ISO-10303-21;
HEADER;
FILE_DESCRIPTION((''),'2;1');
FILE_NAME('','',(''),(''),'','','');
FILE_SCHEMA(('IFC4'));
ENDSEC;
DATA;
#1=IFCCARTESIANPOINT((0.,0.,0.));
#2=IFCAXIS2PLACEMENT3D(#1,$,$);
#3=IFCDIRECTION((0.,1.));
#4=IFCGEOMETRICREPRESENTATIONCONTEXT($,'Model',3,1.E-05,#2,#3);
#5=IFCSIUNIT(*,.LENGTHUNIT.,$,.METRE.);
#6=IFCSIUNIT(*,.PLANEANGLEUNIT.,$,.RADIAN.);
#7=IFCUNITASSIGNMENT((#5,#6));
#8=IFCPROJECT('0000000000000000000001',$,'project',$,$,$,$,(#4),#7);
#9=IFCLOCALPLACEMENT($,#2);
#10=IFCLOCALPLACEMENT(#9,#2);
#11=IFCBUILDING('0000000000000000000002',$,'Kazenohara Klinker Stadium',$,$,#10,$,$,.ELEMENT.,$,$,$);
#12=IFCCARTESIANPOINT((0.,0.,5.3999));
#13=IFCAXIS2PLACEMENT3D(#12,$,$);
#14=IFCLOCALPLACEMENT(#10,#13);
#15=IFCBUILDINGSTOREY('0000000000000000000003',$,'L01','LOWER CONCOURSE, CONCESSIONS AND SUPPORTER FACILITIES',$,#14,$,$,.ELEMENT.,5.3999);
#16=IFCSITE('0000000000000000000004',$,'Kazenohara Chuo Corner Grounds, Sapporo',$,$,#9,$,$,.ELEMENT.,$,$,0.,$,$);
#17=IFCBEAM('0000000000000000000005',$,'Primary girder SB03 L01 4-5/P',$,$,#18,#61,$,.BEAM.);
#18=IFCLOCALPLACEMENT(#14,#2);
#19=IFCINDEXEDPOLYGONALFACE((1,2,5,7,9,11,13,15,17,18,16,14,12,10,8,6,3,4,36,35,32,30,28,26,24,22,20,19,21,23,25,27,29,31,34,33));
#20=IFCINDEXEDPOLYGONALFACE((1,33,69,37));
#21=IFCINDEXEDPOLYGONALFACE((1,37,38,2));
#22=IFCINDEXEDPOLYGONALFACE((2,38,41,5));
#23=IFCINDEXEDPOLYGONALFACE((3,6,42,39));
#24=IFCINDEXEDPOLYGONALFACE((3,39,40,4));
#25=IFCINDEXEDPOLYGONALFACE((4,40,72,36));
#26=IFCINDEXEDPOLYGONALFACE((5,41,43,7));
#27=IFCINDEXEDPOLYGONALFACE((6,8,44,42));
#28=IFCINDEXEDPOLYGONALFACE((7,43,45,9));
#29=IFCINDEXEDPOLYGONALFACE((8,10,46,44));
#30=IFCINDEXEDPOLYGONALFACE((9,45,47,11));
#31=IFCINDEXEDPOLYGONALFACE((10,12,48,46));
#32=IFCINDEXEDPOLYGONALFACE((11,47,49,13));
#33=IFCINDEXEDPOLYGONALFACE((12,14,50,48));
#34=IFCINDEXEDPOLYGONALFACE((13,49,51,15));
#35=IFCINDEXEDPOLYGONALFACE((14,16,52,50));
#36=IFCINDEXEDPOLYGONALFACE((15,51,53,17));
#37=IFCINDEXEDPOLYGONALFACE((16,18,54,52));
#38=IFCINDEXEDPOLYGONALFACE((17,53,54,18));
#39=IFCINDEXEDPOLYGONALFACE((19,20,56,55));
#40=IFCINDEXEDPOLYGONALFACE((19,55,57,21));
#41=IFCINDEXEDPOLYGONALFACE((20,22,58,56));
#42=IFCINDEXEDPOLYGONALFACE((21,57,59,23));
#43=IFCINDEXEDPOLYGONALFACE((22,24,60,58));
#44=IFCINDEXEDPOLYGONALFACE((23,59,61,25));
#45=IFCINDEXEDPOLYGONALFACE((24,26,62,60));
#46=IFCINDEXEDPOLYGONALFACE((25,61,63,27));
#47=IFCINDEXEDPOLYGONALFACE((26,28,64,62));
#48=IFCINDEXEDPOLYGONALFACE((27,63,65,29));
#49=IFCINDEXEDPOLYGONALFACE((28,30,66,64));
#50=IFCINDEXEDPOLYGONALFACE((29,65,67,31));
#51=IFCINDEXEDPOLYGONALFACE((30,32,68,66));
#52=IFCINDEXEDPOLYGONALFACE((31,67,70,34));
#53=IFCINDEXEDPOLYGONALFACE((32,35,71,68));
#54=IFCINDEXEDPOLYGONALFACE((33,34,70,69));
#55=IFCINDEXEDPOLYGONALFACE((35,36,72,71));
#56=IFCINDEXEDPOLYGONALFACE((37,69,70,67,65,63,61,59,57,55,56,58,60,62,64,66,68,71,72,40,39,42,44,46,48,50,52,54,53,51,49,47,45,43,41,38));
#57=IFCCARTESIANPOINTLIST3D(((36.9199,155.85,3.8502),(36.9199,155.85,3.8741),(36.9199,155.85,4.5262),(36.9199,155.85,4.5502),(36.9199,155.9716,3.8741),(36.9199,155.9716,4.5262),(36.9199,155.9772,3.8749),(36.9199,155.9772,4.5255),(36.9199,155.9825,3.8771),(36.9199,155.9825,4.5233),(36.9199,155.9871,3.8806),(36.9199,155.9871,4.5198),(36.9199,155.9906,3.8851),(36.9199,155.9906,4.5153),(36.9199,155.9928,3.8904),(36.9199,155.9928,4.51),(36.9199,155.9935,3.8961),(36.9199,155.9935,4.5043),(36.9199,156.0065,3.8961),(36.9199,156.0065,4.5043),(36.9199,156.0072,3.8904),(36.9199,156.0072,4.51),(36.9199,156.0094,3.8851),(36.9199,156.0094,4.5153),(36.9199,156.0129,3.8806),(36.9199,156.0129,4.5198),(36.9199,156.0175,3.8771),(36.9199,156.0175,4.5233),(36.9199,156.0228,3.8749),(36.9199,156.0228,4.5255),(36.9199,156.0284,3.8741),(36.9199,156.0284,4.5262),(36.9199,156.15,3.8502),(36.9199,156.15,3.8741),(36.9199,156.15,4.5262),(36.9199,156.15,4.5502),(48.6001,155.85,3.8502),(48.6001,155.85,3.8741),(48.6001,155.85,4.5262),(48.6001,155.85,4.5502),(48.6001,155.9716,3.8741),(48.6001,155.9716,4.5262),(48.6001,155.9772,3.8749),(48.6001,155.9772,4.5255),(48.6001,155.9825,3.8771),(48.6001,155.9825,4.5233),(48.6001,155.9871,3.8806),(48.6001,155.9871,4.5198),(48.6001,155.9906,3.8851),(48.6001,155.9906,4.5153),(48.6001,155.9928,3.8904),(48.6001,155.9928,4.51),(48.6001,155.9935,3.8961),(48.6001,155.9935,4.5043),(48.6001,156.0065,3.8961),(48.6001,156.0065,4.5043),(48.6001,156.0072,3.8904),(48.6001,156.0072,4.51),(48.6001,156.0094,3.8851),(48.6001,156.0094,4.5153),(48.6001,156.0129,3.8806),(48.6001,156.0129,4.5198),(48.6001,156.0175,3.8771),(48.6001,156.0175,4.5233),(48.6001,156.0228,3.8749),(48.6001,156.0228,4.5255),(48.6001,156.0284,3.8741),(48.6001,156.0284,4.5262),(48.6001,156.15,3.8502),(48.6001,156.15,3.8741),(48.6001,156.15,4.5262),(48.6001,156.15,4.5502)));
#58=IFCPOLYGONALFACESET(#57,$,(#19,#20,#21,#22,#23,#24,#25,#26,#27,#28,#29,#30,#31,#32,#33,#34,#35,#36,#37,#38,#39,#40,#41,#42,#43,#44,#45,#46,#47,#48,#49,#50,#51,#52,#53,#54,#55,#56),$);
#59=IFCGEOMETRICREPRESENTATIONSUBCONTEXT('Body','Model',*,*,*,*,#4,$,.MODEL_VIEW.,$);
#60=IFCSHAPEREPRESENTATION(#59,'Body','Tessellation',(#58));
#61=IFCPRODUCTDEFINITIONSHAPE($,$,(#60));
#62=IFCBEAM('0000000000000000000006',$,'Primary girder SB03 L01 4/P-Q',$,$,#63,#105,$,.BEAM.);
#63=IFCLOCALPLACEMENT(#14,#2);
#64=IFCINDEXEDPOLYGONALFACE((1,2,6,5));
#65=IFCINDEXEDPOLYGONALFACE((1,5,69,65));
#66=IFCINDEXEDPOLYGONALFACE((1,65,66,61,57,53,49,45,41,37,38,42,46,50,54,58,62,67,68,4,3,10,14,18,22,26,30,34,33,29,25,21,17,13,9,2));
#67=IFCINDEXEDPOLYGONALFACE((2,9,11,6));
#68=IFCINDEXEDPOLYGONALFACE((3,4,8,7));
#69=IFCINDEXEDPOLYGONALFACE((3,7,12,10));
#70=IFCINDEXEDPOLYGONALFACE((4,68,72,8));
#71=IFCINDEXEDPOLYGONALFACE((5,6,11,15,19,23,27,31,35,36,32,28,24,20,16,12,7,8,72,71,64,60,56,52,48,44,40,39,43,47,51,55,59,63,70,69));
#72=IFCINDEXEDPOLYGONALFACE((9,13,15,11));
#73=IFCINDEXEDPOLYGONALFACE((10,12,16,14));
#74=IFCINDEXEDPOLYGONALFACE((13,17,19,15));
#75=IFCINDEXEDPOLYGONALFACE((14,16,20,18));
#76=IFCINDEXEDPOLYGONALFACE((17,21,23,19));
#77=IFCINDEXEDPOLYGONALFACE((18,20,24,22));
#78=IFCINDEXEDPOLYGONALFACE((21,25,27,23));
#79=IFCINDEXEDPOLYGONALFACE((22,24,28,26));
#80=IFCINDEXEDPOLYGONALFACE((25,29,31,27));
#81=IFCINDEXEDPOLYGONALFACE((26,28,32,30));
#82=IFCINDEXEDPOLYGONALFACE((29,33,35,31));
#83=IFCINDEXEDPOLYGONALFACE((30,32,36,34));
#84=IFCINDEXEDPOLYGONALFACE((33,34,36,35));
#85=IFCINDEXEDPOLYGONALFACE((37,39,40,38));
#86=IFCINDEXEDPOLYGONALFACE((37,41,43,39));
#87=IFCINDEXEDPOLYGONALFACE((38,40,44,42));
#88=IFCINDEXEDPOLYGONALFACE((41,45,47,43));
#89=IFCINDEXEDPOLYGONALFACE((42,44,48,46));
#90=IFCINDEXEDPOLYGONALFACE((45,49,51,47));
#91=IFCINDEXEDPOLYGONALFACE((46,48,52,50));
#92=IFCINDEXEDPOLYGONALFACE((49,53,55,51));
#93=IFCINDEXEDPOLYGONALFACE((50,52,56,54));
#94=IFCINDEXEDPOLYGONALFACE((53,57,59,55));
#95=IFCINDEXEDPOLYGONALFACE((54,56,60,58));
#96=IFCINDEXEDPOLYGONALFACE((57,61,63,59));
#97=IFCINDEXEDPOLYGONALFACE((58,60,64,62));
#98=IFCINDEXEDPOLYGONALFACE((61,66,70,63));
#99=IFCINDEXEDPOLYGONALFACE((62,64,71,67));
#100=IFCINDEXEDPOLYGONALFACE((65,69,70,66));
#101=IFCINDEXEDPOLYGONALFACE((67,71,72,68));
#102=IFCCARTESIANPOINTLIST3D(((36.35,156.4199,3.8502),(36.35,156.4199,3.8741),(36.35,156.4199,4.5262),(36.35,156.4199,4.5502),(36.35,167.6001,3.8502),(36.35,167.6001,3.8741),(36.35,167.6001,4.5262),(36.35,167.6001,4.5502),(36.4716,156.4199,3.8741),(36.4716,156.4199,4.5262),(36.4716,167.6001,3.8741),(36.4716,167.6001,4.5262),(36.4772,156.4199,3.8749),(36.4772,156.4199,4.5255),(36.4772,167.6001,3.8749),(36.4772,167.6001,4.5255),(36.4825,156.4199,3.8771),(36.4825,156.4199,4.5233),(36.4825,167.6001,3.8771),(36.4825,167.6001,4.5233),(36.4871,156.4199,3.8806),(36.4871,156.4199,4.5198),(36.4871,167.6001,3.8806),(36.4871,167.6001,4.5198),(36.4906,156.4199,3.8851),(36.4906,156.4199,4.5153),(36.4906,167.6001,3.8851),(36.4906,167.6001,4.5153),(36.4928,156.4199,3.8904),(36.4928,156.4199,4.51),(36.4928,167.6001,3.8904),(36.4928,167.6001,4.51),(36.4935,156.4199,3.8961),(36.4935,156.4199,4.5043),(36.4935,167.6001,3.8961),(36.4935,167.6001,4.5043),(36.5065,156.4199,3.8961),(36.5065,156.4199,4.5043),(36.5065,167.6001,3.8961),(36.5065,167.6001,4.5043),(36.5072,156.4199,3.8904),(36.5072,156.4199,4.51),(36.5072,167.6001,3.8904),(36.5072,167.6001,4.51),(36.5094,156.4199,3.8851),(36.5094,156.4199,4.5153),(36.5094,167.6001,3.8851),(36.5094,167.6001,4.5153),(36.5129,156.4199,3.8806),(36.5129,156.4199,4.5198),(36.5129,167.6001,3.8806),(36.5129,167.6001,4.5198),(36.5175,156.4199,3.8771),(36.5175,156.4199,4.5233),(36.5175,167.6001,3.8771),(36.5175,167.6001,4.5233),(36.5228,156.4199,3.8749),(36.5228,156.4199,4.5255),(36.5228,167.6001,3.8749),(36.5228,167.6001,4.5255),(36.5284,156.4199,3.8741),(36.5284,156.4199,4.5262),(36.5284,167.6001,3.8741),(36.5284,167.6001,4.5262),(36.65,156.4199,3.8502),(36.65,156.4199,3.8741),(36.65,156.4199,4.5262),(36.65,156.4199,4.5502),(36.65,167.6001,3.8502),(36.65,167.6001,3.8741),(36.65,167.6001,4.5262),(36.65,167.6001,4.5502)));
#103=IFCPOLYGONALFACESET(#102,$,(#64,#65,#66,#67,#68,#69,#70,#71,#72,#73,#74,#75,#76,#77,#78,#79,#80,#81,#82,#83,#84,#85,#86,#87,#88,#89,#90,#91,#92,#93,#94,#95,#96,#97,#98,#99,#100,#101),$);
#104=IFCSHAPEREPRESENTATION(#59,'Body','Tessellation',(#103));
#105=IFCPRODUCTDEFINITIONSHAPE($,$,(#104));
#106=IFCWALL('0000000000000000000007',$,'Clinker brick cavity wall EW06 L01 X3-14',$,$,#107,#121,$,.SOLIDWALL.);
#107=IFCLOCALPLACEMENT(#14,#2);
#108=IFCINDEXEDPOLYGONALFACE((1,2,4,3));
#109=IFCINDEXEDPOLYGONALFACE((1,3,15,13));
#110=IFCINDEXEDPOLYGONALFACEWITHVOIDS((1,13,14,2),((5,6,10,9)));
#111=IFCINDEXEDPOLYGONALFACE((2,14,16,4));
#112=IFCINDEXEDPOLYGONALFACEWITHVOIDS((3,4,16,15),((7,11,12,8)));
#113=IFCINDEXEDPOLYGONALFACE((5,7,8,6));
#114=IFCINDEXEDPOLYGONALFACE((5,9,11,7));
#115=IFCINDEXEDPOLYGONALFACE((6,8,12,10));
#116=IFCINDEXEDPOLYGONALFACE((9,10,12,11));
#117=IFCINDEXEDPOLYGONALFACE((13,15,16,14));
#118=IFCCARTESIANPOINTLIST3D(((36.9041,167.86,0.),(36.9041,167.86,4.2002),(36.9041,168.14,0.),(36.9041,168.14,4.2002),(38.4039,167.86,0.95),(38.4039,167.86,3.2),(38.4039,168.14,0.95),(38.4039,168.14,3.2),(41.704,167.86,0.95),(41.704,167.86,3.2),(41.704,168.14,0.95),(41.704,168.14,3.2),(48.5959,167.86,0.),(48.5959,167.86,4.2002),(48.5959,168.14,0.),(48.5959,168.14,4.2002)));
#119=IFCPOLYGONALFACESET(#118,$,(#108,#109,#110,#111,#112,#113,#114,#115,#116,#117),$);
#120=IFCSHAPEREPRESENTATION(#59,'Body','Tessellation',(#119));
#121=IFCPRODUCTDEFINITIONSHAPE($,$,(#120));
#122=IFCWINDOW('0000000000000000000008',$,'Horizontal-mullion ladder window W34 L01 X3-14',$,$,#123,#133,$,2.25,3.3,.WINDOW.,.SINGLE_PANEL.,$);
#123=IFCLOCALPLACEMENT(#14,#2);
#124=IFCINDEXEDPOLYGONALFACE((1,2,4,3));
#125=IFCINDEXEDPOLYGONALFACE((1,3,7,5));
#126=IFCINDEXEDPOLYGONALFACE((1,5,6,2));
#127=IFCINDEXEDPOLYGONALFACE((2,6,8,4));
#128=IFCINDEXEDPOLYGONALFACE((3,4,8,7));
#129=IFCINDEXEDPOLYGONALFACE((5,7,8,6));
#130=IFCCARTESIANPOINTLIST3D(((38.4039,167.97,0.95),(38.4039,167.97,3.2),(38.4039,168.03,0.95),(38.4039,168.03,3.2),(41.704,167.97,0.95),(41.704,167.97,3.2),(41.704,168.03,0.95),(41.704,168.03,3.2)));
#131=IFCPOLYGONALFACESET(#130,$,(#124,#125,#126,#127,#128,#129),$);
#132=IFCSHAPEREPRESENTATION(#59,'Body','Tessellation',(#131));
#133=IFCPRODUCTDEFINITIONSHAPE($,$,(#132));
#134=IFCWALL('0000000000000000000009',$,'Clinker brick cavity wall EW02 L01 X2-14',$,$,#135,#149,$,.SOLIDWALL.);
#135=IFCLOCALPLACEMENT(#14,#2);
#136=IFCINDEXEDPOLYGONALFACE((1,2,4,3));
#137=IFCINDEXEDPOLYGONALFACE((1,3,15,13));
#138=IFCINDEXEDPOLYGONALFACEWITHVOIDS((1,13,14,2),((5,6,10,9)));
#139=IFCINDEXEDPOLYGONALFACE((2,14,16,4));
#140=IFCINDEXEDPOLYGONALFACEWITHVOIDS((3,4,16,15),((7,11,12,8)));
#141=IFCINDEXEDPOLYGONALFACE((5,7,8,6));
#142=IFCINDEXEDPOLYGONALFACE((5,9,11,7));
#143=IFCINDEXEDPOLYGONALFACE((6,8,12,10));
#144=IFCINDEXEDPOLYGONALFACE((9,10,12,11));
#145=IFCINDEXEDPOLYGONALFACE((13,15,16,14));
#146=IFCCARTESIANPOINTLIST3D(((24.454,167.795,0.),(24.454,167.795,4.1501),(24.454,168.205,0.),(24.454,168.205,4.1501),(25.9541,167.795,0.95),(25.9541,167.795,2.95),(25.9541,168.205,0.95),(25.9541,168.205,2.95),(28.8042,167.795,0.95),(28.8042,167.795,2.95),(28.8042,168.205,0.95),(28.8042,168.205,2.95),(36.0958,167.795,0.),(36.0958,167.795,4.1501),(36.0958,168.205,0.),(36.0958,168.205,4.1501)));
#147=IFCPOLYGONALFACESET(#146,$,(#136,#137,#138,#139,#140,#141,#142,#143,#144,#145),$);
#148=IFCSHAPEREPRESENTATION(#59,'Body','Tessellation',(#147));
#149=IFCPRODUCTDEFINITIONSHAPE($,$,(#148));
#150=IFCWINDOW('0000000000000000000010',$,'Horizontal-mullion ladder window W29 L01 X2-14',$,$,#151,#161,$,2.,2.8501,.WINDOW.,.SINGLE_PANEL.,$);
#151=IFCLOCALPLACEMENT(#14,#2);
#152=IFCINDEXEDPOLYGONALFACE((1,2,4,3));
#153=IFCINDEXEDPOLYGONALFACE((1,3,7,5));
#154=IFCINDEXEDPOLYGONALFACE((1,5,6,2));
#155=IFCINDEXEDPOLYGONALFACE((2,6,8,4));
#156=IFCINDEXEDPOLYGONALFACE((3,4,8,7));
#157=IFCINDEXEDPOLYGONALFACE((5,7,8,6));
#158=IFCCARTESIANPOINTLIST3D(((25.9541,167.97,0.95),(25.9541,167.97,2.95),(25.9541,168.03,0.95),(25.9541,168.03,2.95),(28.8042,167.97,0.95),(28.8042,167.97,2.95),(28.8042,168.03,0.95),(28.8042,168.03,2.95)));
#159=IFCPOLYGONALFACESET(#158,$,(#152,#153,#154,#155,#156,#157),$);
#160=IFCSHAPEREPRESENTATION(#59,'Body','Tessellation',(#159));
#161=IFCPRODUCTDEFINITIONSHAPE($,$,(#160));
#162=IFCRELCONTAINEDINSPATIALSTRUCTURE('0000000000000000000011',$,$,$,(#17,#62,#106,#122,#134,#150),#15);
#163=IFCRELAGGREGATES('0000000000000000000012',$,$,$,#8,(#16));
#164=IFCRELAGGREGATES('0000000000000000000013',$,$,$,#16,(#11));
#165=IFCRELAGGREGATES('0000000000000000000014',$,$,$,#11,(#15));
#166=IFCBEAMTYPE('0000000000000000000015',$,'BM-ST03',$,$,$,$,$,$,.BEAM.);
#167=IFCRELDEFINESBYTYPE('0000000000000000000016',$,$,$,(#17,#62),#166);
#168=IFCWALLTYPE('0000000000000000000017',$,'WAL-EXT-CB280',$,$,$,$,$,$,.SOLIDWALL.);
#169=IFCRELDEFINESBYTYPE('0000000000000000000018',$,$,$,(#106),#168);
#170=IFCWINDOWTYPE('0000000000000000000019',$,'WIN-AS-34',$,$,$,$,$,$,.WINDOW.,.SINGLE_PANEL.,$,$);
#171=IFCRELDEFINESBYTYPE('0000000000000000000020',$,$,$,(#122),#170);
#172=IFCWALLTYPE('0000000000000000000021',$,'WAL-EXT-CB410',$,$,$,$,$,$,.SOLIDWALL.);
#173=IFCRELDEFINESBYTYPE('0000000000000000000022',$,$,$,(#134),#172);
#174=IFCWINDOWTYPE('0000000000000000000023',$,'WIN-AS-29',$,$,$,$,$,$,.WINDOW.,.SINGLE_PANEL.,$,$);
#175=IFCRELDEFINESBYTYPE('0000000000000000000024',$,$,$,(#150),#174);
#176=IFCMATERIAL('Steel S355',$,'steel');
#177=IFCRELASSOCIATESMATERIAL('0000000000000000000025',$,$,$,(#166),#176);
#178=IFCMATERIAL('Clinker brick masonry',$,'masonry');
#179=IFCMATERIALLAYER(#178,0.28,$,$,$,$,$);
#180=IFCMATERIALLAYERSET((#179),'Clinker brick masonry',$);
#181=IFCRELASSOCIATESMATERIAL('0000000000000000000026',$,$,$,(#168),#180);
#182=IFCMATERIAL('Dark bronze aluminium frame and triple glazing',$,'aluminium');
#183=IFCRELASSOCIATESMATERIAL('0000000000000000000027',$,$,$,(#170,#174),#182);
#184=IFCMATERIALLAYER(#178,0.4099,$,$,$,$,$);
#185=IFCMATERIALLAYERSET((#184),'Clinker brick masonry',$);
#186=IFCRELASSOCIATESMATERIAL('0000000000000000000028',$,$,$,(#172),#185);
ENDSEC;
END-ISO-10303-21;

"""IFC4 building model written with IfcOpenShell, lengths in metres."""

from ifc_helpers import new_model, si_unit, direction, frame, frame_2d, origin, origin_2d, place, context, subcontext, project, spatial, rectangle, i_section, extrude, material, layer, layer_set, material_profile, profile_set, type_object, element, fill, save


model = new_model("IFC4")

# Units and contexts
model_context = context("Model", 3, precision=1e-05, world=origin(), true_north=direction((0.0, 1.0)))
body_context = subcontext(model_context, "Body", "Model", "MODEL_VIEW")
ifc_project = project(units=[si_unit("LENGTHUNIT", "METRE"), si_unit("PLANEANGLEUNIT", "RADIAN")], contexts=[model_context])

# Site, building, storey
site_placement = place(None, origin())
site = spatial("IfcSite", under=ifc_project, at=site_placement, Name="Kazenohara Chuo Corner Grounds, Sapporo", CompositionType="ELEMENT", RefElevation=0.0)
building_placement = place(site_placement, origin())
building = spatial("IfcBuilding", under=site, at=building_placement, Name="Kazenohara Klinker Stadium", CompositionType="ELEMENT")
storey_placement = place(building_placement, frame((0.0, 0.0, 5.3999)))
storey = spatial("IfcBuildingStorey", under=building, at=storey_placement, Name="L01", Description="LOWER CONCOURSE, CONCESSIONS AND SUPPORTER FACILITIES", CompositionType="ELEMENT", Elevation=5.3999)

# Beams
ifc_material_1 = material(Name="Steel S355", Category="steel")
ifc_material_profile_1 = material_profile(ifc_material_1, i_section(OverallWidth=0.3, OverallDepth=0.7, WebThickness=0.0129, FlangeThickness=0.0239, FilletRadius=0.022, at=origin_2d()), Name="H-700x300x13x24")
ifc_profile_set_1 = profile_set([ifc_material_profile_1], Name="Steel S355")
beam_type_1 = type_object("IfcBeamType", Name="BM-ST03", PredefinedType="BEAM", material=ifc_profile_set_1)
beam_1_placement = place(storey_placement, frame((36.9199, 156.0, 4.2002), z_axis=(1.0, 0.0, 0.0), x_axis=(0.0, 1.0, 0.0)))
element("IfcBeam", 1, at=beam_1_placement, inside=storey, type_object=beam_type_1, Name="Primary girder SB03 L01 4-5/P", PredefinedType="BEAM", context=body_context, shape_type="SweptSolid", body=[
    extrude(i_section(OverallWidth=0.3, OverallDepth=0.7, WebThickness=0.0129, FlangeThickness=0.0239, FilletRadius=0.022, at=origin_2d()), origin(), (0.0, 0.0, 1.0), 11.6802),
])
beam_2_placement = place(storey_placement, frame((36.5, 156.4199, 4.2002), z_axis=(0.0, 1.0, 0.0), x_axis=(-1.0, 0.0, 0.0)))
element("IfcBeam", 2, at=beam_2_placement, inside=storey, type_object=beam_type_1, Name="Primary girder SB03 L01 4/P-Q", PredefinedType="BEAM", context=body_context, shape_type="SweptSolid", body=[
    extrude(i_section(OverallWidth=0.3, OverallDepth=0.7, WebThickness=0.0129, FlangeThickness=0.0239, FilletRadius=0.022, at=origin_2d()), origin(), (0.0, 0.0, 1.0), 11.1802),
])

# Walls, openings, windows
ifc_material_2 = material(Name="Clinker brick masonry", Category="masonry")
ifc_layer_1 = layer(ifc_material_2, 0.28)
ifc_layer_set_1 = layer_set([ifc_layer_1], Name="Clinker brick masonry")
wall_type_1 = type_object("IfcWallType", Name="WAL-EXT-CB280", PredefinedType="SOLIDWALL", material=ifc_layer_set_1)
wall_1_placement = place(storey_placement, frame((36.9041, 168.0, 0.0), z_axis=(0.0, 0.0, 1.0), x_axis=(1.0, 0.0, 0.0)))
wall_1 = element("IfcWall", 3, at=wall_1_placement, inside=storey, type_object=wall_type_1, Name="Clinker brick cavity wall EW06 L01 X3-14", PredefinedType="SOLIDWALL", context=body_context, shape_type="SweptSolid", body=[
    extrude(rectangle(XDim=11.6919, YDim=0.28, at=frame_2d((5.8459, 0.0))), origin(), (0.0, 0.0, 1.0), 4.2002),
])
opening_1_placement = place(wall_1_placement, frame((1.5, 0.0, 0.95)))
opening_1 = element("IfcOpeningElement", 4, at=opening_1_placement, cuts=wall_1, PredefinedType="OPENING", context=body_context, shape_type="SweptSolid", body=[
    extrude(rectangle(XDim=3.3, YDim=2.25, at=frame_2d((1.6499, 1.125))), frame((0.0, 0.1499, 0.0), z_axis=(0.0, -1.0, 0.0), x_axis=(1.0, 0.0, 0.0)), (0.0, 0.0, 1.0), 0.3),
])
ifc_material_3 = material(Name="Dark bronze aluminium frame and triple glazing", Category="aluminium")
window_type_1 = type_object("IfcWindowType", Name="WIN-AS-34", PartitioningType="SINGLE_PANEL", PredefinedType="WINDOW", material=ifc_material_3)
window_1_placement = place(opening_1_placement, origin())
window_1 = element("IfcWindow", 5, at=window_1_placement, inside=storey, type_object=window_type_1, Name="Horizontal-mullion ladder window W34 L01 X3-14", OverallHeight=2.25, OverallWidth=3.3, PartitioningType="SINGLE_PANEL", PredefinedType="WINDOW", context=body_context, shape_type="SweptSolid", body=[
    extrude(rectangle(XDim=3.3, YDim=2.25, at=frame_2d((1.6499, 1.125))), frame((0.0, 0.03, 0.0), z_axis=(0.0, -1.0, 0.0), x_axis=(1.0, 0.0, 0.0)), (0.0, 0.0, 1.0), 0.0601),
])
fill(opening_1, window_1)
ifc_layer_2 = layer(ifc_material_2, 0.4099)
ifc_layer_set_2 = layer_set([ifc_layer_2], Name="Clinker brick masonry")
wall_type_2 = type_object("IfcWallType", Name="WAL-EXT-CB410", PredefinedType="SOLIDWALL", material=ifc_layer_set_2)
wall_2_placement = place(storey_placement, frame((24.4541, 168.0, 0.0), z_axis=(0.0, 0.0, 1.0), x_axis=(1.0, 0.0, 0.0)))
wall_2 = element("IfcWall", 6, at=wall_2_placement, inside=storey, type_object=wall_type_2, Name="Clinker brick cavity wall EW02 L01 X2-14", PredefinedType="SOLIDWALL", context=body_context, shape_type="SweptSolid", body=[
    extrude(rectangle(XDim=11.6418, YDim=0.4099, at=frame_2d((5.8208, 0.0))), origin(), (0.0, 0.0, 1.0), 4.1501),
])
opening_2_placement = place(wall_2_placement, frame((1.5, 0.0, 0.95)))
opening_2 = element("IfcOpeningElement", 7, at=opening_2_placement, cuts=wall_2, PredefinedType="OPENING", context=body_context, shape_type="SweptSolid", body=[
    extrude(rectangle(XDim=2.8501, YDim=2.0, at=frame_2d((1.425, 1.0))), frame((0.0, 0.2148, 0.0), z_axis=(0.0, -1.0, 0.0), x_axis=(1.0, 0.0, 0.0)), (0.0, 0.0, 1.0), 0.4299),
])
window_type_2 = type_object("IfcWindowType", Name="WIN-AS-29", PartitioningType="SINGLE_PANEL", PredefinedType="WINDOW", material=ifc_material_3)
window_2_placement = place(opening_2_placement, origin())
window_2 = element("IfcWindow", 8, at=window_2_placement, inside=storey, type_object=window_type_2, Name="Horizontal-mullion ladder window W29 L01 X2-14", OverallHeight=2.0, OverallWidth=2.8501, PartitioningType="SINGLE_PANEL", PredefinedType="WINDOW", context=body_context, shape_type="SweptSolid", body=[
    extrude(rectangle(XDim=2.8501, YDim=2.0, at=frame_2d((1.425, 1.0))), frame((0.0, 0.03, 0.0), z_axis=(0.0, -1.0, 0.0), x_axis=(1.0, 0.0, 0.0)), (0.0, 0.0, 1.0), 0.0601),
])
fill(opening_2, window_2)

save(model, "model.ifc")
